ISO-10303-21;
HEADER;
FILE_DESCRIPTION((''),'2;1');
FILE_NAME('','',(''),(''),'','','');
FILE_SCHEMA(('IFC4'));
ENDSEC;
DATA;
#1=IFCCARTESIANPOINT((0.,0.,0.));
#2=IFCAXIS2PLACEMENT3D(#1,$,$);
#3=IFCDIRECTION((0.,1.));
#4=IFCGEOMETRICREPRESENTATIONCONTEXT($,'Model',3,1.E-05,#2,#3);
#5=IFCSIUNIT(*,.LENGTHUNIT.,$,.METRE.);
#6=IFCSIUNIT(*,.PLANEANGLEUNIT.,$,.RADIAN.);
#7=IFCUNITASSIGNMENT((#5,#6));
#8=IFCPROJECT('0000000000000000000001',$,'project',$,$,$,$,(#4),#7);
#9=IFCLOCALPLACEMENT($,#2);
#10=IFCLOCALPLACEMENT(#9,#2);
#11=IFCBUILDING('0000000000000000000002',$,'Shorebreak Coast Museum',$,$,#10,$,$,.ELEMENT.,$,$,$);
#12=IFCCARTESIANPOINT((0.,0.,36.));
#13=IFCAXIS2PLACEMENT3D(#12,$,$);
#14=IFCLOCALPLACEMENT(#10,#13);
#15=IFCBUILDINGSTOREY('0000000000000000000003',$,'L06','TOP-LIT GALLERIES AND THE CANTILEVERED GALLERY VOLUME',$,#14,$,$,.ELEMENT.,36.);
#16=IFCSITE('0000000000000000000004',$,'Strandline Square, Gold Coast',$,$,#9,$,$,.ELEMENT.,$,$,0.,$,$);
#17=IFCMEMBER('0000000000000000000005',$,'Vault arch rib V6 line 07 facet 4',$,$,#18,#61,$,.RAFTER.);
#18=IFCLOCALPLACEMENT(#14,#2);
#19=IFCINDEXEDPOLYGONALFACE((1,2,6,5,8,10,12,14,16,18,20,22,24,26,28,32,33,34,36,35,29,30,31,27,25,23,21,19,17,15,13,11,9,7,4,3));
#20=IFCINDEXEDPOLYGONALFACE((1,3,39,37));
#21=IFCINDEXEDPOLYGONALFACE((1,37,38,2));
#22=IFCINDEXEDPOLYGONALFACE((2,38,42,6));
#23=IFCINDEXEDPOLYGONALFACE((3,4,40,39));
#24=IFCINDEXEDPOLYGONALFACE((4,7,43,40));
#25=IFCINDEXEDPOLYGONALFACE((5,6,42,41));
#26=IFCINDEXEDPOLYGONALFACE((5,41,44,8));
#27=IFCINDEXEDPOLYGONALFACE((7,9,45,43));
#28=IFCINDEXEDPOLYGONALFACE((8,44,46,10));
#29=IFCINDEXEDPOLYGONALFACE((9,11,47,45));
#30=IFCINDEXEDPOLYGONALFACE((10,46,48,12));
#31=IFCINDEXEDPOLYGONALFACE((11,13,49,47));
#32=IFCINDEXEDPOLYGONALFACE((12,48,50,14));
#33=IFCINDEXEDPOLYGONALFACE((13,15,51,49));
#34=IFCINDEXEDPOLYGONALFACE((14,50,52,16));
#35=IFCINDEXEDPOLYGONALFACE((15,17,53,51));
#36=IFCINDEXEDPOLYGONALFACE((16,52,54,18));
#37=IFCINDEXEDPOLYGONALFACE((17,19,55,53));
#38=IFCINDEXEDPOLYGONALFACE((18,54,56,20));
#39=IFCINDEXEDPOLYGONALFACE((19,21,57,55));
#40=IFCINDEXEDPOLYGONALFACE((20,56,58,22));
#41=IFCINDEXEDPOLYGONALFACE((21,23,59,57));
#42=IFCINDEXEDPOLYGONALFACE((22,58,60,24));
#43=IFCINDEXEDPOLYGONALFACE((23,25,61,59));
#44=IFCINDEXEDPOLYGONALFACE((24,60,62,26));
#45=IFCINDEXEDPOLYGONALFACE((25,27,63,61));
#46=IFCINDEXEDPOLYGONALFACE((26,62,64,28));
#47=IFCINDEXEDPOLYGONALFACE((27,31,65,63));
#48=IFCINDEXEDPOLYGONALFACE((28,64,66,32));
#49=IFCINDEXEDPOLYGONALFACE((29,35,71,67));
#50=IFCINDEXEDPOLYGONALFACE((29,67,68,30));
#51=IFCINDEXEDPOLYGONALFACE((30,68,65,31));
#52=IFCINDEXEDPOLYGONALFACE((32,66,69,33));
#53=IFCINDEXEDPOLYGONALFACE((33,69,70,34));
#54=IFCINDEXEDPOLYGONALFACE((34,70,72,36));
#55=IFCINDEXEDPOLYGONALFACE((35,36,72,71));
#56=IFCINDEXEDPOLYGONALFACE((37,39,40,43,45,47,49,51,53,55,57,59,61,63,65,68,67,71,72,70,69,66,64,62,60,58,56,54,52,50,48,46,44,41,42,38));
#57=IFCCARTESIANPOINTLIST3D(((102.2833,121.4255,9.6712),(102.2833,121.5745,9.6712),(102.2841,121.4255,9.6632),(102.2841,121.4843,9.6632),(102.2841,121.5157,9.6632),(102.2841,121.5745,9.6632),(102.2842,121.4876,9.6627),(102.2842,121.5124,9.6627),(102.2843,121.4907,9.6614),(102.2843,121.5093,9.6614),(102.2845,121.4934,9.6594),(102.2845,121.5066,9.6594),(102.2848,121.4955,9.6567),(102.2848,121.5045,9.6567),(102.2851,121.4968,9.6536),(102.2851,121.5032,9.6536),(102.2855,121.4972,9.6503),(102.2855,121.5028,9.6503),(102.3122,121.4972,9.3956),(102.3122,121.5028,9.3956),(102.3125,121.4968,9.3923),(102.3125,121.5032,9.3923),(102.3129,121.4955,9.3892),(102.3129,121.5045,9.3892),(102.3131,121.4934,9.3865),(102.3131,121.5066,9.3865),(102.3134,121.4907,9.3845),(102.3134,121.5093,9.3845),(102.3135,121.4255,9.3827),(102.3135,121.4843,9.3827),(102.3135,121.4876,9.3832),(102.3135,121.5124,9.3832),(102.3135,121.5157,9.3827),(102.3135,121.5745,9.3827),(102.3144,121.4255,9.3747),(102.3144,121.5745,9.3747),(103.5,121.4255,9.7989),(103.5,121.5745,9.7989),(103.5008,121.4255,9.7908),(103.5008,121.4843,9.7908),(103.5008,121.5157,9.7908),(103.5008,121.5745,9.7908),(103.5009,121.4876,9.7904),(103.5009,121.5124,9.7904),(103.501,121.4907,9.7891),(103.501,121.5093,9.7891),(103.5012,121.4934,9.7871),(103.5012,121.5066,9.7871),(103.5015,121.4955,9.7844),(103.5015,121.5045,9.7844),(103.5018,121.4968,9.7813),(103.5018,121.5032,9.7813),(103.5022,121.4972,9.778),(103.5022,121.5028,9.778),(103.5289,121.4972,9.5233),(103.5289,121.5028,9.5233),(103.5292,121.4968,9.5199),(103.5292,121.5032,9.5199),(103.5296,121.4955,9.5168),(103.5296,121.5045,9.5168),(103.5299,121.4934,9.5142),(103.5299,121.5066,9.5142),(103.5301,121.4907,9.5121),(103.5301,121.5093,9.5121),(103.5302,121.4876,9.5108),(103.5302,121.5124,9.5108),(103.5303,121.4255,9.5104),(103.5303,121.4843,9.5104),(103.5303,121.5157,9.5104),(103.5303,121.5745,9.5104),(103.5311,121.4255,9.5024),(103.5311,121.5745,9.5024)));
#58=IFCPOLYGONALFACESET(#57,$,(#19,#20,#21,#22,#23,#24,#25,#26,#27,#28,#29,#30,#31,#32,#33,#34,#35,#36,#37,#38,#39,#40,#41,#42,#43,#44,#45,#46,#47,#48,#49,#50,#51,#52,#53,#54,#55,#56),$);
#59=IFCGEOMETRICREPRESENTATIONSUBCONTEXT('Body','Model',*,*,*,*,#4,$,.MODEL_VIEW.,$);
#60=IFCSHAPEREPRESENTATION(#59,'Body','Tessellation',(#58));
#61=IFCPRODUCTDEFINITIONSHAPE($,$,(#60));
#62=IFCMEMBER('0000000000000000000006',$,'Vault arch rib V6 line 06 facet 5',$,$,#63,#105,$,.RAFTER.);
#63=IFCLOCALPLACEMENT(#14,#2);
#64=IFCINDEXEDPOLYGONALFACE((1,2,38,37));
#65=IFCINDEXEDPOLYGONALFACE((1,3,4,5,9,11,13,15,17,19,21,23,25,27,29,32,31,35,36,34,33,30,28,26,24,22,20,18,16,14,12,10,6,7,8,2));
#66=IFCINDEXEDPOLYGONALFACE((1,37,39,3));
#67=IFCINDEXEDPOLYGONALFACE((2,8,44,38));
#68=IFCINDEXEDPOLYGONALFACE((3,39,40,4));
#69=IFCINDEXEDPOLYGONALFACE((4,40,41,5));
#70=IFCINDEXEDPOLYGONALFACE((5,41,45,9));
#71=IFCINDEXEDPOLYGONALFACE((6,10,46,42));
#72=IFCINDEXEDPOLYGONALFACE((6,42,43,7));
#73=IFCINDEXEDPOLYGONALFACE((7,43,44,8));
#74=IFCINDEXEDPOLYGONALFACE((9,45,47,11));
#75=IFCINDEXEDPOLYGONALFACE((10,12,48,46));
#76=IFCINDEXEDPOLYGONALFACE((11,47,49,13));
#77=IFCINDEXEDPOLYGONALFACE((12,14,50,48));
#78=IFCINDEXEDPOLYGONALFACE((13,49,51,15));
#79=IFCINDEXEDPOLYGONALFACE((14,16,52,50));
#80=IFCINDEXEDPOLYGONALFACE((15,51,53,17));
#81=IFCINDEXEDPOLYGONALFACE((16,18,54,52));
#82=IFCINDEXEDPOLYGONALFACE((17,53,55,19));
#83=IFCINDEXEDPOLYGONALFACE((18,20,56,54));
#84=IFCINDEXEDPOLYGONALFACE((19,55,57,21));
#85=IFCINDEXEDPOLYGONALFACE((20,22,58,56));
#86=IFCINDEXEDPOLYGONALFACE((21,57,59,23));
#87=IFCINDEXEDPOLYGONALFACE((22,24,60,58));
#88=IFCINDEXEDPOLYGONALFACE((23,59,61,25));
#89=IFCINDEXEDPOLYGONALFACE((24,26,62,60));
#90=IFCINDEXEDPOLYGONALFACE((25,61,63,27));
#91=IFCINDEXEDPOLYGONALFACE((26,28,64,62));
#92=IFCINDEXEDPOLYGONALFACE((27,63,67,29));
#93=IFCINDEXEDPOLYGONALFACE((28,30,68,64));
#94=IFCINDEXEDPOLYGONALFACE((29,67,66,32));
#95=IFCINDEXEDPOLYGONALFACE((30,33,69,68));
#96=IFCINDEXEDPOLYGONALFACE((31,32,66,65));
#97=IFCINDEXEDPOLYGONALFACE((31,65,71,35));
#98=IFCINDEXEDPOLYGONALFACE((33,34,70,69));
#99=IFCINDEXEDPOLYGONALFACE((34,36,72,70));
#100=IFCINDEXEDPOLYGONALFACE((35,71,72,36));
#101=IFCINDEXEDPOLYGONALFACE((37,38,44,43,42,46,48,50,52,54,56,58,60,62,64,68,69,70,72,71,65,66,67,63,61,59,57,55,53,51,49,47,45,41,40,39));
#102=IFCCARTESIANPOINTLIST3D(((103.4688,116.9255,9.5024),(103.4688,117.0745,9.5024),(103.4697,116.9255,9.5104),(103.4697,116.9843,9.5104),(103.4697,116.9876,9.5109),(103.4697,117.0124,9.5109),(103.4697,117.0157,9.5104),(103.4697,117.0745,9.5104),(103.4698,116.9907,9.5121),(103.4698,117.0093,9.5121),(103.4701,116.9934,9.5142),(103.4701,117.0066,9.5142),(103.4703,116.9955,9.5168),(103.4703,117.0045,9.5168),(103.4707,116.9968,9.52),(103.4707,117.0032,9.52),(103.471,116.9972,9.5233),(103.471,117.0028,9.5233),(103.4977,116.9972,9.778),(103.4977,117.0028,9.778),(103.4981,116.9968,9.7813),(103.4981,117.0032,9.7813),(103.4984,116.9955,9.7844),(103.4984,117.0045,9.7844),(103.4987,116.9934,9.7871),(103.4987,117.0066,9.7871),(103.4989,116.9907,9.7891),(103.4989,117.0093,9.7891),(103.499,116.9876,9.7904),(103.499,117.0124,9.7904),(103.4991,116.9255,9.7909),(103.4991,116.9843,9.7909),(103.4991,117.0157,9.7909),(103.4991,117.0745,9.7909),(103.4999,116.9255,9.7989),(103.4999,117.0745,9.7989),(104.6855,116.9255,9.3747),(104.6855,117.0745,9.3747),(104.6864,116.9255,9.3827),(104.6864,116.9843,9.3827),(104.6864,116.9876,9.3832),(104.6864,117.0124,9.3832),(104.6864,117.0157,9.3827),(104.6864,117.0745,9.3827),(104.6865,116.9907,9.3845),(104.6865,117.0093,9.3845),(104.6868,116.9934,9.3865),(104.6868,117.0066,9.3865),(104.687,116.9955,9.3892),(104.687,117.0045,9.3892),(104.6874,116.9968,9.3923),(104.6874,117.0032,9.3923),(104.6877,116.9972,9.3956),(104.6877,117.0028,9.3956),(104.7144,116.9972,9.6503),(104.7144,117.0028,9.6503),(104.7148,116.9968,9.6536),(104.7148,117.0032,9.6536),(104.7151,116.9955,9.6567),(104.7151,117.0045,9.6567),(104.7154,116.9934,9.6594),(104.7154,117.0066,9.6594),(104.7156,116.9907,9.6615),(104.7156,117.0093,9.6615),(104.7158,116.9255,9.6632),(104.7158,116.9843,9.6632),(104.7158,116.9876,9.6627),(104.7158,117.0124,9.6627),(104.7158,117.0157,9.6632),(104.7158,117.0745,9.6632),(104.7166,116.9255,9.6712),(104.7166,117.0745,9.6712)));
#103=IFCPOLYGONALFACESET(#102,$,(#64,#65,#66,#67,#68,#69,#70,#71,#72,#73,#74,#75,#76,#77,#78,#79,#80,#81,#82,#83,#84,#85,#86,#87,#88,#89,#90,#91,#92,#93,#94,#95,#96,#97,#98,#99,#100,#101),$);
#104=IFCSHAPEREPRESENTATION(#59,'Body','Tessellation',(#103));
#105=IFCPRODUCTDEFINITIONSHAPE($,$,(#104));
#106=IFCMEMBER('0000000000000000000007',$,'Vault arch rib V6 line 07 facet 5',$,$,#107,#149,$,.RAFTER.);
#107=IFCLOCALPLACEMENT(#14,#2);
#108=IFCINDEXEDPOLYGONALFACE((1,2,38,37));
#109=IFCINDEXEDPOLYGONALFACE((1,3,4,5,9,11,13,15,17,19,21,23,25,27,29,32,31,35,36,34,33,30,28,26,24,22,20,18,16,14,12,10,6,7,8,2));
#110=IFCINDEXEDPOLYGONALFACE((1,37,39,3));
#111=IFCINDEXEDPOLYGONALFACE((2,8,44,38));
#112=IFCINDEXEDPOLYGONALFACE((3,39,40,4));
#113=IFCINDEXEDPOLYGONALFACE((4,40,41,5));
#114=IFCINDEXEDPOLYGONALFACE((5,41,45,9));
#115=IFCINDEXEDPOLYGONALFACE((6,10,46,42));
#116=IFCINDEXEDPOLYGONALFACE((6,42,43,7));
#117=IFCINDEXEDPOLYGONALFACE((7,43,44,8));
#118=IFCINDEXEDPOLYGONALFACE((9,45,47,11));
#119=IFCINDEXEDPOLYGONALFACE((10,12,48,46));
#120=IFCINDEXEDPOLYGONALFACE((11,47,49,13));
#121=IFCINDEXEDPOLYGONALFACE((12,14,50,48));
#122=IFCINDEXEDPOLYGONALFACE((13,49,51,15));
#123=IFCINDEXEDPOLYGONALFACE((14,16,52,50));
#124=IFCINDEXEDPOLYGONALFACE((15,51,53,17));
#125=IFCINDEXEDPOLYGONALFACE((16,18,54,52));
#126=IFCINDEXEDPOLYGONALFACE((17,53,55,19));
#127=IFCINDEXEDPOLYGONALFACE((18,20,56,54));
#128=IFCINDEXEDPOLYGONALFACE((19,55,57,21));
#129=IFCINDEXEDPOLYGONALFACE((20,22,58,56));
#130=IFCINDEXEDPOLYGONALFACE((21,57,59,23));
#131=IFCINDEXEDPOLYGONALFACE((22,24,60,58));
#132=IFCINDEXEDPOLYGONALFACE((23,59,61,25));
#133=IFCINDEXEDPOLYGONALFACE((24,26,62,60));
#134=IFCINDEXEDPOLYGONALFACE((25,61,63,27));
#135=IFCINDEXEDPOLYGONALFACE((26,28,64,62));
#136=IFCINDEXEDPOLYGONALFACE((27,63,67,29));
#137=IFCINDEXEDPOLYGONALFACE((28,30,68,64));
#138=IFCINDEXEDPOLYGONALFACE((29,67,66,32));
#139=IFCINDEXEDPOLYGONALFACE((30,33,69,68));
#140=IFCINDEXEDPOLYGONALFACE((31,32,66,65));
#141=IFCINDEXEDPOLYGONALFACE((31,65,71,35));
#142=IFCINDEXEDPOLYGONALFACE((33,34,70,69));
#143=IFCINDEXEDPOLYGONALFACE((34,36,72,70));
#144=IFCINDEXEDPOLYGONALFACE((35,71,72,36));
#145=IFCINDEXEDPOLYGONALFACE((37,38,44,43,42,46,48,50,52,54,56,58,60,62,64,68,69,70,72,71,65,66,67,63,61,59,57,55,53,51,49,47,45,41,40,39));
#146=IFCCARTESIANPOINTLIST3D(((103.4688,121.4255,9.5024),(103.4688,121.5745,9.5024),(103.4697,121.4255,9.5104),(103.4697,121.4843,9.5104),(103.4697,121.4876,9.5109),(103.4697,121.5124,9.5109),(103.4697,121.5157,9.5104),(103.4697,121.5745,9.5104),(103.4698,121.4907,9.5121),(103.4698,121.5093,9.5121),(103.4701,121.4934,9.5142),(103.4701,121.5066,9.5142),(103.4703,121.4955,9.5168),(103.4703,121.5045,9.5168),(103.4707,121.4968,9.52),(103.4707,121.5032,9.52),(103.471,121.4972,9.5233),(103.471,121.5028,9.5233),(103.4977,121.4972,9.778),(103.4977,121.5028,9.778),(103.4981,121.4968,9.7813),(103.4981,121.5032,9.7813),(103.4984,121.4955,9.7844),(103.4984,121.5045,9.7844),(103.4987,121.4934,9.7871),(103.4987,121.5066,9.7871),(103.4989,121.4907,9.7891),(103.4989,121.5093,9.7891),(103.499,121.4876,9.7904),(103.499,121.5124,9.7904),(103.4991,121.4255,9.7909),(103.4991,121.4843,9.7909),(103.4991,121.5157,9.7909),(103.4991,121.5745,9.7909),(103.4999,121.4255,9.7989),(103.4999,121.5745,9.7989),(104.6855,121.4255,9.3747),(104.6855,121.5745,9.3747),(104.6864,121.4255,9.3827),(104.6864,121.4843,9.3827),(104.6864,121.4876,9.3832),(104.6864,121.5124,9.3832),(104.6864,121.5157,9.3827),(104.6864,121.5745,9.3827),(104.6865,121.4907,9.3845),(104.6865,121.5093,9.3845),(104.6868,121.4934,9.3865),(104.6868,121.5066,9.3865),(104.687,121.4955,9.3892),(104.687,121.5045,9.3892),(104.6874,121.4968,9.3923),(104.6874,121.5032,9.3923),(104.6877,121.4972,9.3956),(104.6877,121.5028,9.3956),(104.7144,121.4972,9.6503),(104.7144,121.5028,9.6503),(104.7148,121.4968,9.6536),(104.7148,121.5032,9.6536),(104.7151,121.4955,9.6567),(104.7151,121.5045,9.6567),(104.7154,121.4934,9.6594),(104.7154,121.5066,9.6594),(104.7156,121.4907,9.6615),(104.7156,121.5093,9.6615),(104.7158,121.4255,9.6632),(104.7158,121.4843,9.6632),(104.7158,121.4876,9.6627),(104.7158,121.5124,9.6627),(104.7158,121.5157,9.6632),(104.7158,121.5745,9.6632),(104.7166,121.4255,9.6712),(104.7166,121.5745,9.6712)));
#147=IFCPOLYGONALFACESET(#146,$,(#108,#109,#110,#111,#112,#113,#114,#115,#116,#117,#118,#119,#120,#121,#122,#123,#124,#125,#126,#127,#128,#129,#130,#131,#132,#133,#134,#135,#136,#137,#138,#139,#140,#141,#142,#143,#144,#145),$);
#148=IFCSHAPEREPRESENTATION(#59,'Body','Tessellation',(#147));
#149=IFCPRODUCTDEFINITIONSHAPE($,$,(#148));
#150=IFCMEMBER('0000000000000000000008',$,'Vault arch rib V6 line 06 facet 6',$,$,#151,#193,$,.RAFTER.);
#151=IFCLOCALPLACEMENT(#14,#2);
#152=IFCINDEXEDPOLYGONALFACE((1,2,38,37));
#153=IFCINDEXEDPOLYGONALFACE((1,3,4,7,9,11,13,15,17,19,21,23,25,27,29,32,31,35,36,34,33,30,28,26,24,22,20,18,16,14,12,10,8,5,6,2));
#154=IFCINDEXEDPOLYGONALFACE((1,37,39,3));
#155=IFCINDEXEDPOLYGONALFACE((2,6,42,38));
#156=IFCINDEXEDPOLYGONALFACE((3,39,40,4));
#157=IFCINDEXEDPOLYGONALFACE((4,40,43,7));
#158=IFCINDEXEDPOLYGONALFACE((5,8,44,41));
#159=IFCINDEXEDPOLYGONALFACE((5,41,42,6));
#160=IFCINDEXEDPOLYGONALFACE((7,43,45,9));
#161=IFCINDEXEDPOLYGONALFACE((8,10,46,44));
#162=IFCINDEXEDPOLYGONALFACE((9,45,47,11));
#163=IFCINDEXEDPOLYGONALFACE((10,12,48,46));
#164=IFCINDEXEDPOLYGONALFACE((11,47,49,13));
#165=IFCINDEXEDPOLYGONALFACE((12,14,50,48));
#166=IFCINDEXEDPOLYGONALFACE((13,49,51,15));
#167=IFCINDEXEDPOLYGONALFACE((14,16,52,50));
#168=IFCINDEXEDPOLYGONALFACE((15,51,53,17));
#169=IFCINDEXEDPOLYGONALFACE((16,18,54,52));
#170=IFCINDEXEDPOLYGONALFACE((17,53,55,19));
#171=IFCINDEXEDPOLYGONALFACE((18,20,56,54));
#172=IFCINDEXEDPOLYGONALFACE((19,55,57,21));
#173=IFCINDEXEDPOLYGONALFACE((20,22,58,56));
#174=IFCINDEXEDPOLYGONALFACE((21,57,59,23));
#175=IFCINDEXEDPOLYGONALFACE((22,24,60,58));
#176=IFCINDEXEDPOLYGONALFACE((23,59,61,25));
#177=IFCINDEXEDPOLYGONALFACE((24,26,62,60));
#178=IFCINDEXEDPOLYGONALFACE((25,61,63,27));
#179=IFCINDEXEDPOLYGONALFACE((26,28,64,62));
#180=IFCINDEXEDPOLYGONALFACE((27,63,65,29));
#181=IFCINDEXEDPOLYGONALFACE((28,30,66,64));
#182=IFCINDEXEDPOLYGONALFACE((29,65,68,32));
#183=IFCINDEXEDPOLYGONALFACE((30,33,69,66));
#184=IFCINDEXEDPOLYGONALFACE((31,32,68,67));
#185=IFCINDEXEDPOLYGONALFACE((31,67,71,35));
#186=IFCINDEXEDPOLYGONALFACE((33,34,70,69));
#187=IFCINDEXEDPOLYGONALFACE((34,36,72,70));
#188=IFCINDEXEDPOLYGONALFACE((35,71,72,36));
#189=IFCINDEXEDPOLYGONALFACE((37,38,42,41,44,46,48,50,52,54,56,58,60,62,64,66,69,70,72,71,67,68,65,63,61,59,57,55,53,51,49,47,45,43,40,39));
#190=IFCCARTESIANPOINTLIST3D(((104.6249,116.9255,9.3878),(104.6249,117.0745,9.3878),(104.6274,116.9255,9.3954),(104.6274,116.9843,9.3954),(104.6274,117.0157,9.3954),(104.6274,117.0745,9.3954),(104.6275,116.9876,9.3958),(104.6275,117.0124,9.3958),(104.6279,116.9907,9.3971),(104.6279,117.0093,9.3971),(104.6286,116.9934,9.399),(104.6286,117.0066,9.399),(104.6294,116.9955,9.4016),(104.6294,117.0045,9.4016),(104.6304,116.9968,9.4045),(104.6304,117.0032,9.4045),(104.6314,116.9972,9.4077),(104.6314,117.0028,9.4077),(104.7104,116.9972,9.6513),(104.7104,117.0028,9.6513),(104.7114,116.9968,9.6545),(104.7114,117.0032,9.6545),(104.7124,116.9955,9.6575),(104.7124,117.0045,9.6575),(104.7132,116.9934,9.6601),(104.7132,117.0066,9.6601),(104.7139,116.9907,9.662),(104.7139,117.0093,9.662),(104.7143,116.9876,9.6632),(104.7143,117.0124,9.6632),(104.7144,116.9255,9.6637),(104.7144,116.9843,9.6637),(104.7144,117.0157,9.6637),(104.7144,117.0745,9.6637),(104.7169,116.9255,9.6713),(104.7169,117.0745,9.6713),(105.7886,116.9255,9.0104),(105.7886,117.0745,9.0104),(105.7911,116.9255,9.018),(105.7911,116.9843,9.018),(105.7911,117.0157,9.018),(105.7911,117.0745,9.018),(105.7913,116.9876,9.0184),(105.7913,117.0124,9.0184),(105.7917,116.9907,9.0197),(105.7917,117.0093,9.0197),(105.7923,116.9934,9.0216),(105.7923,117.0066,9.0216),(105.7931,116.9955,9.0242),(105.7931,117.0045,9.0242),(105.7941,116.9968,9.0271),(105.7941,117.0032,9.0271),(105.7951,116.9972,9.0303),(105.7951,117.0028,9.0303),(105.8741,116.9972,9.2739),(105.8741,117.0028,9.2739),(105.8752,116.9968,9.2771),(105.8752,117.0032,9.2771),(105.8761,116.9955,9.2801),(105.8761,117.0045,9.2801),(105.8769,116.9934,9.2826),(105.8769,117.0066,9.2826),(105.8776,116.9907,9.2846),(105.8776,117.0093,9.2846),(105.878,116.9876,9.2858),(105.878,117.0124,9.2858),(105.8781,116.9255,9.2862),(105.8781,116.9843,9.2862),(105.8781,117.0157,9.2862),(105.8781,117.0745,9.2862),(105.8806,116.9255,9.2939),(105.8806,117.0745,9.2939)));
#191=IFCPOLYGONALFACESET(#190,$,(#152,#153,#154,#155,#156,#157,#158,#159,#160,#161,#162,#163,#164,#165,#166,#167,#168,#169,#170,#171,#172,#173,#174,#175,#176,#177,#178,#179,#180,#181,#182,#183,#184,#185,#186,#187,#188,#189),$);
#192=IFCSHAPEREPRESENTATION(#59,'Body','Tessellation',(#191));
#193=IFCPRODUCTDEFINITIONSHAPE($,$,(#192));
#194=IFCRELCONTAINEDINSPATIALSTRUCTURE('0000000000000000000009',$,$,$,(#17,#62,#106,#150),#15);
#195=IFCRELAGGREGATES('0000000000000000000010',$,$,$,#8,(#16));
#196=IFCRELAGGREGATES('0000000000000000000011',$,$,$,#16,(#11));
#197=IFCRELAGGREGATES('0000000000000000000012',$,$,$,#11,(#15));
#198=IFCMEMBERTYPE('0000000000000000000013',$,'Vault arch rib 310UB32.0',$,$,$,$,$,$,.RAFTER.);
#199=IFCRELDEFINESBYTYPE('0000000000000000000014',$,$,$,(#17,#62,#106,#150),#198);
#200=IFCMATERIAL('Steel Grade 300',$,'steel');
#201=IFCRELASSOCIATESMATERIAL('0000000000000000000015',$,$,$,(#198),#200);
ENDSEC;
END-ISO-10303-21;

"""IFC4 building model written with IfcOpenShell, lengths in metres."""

from ifc_helpers import new_model, si_unit, direction, frame, origin, origin_2d, place, context, subcontext, project, spatial, i_section, extrude, material, material_profile, profile_set, type_object, element, save


model = new_model("IFC4")

# Units and contexts
model_context = context("Model", 3, precision=1e-05, world=origin(), true_north=direction((0.0, 1.0)))
body_context = subcontext(model_context, "Body", "Model", "MODEL_VIEW")
ifc_project = project(units=[si_unit("LENGTHUNIT", "METRE"), si_unit("PLANEANGLEUNIT", "RADIAN")], contexts=[model_context])

# Site, building, storey
site_placement = place(None, origin())
site = spatial("IfcSite", under=ifc_project, at=site_placement, Name="Strandline Square, Gold Coast", CompositionType="ELEMENT", RefElevation=0.0)
building_placement = place(site_placement, origin())
building = spatial("IfcBuilding", under=site, at=building_placement, Name="Shorebreak Coast Museum", CompositionType="ELEMENT")
storey_placement = place(building_placement, frame((0.0, 0.0, 36.0)))
storey = spatial("IfcBuildingStorey", under=building, at=storey_placement, Name="L06", Description="TOP-LIT GALLERIES AND THE CANTILEVERED GALLERY VOLUME", CompositionType="ELEMENT", Elevation=36.0)

# Members
ifc_material_1 = material(Name="Steel Grade 300", Category="steel")
ifc_material_profile_1 = material_profile(ifc_material_1, i_section(OverallWidth=0.1489, OverallDepth=0.2981, WebThickness=0.0056, FlangeThickness=0.0081, FilletRadius=0.0129, at=origin_2d()), Name="310UB32.0")
ifc_profile_set_1 = profile_set([ifc_material_profile_1], Name="Steel Grade 300")
member_type_1 = type_object("IfcMemberType", Name="Vault arch rib 310UB32.0", PredefinedType="RAFTER", material=ifc_profile_set_1)
for number, where, z_axis, x_axis, name in (
    (1, (102.2988, 121.5, 9.5229), (0.994539, 0.0, 0.104363), (0.0, 1.0, 0.0), "Vault arch rib V6 line 07 facet 4"),
    (2, (103.4844, 117.0, 9.6506), (0.994539, 0.0, -0.104363), (0.0, 1.0, 0.0), "Vault arch rib V6 line 06 facet 5"),
    (3, (103.4844, 121.5, 9.6506), (0.994539, 0.0, -0.104363), (0.0, 1.0, 0.0), "Vault arch rib V6 line 07 facet 5"),
    (4, (104.6709, 117.0, 9.5295), (0.951226, 0.0, -0.308495), (0.0, 1.0, 0.0), "Vault arch rib V6 line 06 facet 6"),
):
    element("IfcMember", number, at=place(storey_placement, frame(where, z_axis=z_axis, x_axis=x_axis)), inside=storey, type_object=member_type_1, Name=name, PredefinedType="RAFTER", context=body_context, shape_type="SweptSolid", body=[
        extrude(i_section(OverallWidth=0.1489, OverallDepth=0.2981, WebThickness=0.0056, FlangeThickness=0.0081, FilletRadius=0.0129, at=origin_2d()), origin(), (0.0, 0.0, 1.0), 1.2234),
    ])

save(model, "model.ifc")
